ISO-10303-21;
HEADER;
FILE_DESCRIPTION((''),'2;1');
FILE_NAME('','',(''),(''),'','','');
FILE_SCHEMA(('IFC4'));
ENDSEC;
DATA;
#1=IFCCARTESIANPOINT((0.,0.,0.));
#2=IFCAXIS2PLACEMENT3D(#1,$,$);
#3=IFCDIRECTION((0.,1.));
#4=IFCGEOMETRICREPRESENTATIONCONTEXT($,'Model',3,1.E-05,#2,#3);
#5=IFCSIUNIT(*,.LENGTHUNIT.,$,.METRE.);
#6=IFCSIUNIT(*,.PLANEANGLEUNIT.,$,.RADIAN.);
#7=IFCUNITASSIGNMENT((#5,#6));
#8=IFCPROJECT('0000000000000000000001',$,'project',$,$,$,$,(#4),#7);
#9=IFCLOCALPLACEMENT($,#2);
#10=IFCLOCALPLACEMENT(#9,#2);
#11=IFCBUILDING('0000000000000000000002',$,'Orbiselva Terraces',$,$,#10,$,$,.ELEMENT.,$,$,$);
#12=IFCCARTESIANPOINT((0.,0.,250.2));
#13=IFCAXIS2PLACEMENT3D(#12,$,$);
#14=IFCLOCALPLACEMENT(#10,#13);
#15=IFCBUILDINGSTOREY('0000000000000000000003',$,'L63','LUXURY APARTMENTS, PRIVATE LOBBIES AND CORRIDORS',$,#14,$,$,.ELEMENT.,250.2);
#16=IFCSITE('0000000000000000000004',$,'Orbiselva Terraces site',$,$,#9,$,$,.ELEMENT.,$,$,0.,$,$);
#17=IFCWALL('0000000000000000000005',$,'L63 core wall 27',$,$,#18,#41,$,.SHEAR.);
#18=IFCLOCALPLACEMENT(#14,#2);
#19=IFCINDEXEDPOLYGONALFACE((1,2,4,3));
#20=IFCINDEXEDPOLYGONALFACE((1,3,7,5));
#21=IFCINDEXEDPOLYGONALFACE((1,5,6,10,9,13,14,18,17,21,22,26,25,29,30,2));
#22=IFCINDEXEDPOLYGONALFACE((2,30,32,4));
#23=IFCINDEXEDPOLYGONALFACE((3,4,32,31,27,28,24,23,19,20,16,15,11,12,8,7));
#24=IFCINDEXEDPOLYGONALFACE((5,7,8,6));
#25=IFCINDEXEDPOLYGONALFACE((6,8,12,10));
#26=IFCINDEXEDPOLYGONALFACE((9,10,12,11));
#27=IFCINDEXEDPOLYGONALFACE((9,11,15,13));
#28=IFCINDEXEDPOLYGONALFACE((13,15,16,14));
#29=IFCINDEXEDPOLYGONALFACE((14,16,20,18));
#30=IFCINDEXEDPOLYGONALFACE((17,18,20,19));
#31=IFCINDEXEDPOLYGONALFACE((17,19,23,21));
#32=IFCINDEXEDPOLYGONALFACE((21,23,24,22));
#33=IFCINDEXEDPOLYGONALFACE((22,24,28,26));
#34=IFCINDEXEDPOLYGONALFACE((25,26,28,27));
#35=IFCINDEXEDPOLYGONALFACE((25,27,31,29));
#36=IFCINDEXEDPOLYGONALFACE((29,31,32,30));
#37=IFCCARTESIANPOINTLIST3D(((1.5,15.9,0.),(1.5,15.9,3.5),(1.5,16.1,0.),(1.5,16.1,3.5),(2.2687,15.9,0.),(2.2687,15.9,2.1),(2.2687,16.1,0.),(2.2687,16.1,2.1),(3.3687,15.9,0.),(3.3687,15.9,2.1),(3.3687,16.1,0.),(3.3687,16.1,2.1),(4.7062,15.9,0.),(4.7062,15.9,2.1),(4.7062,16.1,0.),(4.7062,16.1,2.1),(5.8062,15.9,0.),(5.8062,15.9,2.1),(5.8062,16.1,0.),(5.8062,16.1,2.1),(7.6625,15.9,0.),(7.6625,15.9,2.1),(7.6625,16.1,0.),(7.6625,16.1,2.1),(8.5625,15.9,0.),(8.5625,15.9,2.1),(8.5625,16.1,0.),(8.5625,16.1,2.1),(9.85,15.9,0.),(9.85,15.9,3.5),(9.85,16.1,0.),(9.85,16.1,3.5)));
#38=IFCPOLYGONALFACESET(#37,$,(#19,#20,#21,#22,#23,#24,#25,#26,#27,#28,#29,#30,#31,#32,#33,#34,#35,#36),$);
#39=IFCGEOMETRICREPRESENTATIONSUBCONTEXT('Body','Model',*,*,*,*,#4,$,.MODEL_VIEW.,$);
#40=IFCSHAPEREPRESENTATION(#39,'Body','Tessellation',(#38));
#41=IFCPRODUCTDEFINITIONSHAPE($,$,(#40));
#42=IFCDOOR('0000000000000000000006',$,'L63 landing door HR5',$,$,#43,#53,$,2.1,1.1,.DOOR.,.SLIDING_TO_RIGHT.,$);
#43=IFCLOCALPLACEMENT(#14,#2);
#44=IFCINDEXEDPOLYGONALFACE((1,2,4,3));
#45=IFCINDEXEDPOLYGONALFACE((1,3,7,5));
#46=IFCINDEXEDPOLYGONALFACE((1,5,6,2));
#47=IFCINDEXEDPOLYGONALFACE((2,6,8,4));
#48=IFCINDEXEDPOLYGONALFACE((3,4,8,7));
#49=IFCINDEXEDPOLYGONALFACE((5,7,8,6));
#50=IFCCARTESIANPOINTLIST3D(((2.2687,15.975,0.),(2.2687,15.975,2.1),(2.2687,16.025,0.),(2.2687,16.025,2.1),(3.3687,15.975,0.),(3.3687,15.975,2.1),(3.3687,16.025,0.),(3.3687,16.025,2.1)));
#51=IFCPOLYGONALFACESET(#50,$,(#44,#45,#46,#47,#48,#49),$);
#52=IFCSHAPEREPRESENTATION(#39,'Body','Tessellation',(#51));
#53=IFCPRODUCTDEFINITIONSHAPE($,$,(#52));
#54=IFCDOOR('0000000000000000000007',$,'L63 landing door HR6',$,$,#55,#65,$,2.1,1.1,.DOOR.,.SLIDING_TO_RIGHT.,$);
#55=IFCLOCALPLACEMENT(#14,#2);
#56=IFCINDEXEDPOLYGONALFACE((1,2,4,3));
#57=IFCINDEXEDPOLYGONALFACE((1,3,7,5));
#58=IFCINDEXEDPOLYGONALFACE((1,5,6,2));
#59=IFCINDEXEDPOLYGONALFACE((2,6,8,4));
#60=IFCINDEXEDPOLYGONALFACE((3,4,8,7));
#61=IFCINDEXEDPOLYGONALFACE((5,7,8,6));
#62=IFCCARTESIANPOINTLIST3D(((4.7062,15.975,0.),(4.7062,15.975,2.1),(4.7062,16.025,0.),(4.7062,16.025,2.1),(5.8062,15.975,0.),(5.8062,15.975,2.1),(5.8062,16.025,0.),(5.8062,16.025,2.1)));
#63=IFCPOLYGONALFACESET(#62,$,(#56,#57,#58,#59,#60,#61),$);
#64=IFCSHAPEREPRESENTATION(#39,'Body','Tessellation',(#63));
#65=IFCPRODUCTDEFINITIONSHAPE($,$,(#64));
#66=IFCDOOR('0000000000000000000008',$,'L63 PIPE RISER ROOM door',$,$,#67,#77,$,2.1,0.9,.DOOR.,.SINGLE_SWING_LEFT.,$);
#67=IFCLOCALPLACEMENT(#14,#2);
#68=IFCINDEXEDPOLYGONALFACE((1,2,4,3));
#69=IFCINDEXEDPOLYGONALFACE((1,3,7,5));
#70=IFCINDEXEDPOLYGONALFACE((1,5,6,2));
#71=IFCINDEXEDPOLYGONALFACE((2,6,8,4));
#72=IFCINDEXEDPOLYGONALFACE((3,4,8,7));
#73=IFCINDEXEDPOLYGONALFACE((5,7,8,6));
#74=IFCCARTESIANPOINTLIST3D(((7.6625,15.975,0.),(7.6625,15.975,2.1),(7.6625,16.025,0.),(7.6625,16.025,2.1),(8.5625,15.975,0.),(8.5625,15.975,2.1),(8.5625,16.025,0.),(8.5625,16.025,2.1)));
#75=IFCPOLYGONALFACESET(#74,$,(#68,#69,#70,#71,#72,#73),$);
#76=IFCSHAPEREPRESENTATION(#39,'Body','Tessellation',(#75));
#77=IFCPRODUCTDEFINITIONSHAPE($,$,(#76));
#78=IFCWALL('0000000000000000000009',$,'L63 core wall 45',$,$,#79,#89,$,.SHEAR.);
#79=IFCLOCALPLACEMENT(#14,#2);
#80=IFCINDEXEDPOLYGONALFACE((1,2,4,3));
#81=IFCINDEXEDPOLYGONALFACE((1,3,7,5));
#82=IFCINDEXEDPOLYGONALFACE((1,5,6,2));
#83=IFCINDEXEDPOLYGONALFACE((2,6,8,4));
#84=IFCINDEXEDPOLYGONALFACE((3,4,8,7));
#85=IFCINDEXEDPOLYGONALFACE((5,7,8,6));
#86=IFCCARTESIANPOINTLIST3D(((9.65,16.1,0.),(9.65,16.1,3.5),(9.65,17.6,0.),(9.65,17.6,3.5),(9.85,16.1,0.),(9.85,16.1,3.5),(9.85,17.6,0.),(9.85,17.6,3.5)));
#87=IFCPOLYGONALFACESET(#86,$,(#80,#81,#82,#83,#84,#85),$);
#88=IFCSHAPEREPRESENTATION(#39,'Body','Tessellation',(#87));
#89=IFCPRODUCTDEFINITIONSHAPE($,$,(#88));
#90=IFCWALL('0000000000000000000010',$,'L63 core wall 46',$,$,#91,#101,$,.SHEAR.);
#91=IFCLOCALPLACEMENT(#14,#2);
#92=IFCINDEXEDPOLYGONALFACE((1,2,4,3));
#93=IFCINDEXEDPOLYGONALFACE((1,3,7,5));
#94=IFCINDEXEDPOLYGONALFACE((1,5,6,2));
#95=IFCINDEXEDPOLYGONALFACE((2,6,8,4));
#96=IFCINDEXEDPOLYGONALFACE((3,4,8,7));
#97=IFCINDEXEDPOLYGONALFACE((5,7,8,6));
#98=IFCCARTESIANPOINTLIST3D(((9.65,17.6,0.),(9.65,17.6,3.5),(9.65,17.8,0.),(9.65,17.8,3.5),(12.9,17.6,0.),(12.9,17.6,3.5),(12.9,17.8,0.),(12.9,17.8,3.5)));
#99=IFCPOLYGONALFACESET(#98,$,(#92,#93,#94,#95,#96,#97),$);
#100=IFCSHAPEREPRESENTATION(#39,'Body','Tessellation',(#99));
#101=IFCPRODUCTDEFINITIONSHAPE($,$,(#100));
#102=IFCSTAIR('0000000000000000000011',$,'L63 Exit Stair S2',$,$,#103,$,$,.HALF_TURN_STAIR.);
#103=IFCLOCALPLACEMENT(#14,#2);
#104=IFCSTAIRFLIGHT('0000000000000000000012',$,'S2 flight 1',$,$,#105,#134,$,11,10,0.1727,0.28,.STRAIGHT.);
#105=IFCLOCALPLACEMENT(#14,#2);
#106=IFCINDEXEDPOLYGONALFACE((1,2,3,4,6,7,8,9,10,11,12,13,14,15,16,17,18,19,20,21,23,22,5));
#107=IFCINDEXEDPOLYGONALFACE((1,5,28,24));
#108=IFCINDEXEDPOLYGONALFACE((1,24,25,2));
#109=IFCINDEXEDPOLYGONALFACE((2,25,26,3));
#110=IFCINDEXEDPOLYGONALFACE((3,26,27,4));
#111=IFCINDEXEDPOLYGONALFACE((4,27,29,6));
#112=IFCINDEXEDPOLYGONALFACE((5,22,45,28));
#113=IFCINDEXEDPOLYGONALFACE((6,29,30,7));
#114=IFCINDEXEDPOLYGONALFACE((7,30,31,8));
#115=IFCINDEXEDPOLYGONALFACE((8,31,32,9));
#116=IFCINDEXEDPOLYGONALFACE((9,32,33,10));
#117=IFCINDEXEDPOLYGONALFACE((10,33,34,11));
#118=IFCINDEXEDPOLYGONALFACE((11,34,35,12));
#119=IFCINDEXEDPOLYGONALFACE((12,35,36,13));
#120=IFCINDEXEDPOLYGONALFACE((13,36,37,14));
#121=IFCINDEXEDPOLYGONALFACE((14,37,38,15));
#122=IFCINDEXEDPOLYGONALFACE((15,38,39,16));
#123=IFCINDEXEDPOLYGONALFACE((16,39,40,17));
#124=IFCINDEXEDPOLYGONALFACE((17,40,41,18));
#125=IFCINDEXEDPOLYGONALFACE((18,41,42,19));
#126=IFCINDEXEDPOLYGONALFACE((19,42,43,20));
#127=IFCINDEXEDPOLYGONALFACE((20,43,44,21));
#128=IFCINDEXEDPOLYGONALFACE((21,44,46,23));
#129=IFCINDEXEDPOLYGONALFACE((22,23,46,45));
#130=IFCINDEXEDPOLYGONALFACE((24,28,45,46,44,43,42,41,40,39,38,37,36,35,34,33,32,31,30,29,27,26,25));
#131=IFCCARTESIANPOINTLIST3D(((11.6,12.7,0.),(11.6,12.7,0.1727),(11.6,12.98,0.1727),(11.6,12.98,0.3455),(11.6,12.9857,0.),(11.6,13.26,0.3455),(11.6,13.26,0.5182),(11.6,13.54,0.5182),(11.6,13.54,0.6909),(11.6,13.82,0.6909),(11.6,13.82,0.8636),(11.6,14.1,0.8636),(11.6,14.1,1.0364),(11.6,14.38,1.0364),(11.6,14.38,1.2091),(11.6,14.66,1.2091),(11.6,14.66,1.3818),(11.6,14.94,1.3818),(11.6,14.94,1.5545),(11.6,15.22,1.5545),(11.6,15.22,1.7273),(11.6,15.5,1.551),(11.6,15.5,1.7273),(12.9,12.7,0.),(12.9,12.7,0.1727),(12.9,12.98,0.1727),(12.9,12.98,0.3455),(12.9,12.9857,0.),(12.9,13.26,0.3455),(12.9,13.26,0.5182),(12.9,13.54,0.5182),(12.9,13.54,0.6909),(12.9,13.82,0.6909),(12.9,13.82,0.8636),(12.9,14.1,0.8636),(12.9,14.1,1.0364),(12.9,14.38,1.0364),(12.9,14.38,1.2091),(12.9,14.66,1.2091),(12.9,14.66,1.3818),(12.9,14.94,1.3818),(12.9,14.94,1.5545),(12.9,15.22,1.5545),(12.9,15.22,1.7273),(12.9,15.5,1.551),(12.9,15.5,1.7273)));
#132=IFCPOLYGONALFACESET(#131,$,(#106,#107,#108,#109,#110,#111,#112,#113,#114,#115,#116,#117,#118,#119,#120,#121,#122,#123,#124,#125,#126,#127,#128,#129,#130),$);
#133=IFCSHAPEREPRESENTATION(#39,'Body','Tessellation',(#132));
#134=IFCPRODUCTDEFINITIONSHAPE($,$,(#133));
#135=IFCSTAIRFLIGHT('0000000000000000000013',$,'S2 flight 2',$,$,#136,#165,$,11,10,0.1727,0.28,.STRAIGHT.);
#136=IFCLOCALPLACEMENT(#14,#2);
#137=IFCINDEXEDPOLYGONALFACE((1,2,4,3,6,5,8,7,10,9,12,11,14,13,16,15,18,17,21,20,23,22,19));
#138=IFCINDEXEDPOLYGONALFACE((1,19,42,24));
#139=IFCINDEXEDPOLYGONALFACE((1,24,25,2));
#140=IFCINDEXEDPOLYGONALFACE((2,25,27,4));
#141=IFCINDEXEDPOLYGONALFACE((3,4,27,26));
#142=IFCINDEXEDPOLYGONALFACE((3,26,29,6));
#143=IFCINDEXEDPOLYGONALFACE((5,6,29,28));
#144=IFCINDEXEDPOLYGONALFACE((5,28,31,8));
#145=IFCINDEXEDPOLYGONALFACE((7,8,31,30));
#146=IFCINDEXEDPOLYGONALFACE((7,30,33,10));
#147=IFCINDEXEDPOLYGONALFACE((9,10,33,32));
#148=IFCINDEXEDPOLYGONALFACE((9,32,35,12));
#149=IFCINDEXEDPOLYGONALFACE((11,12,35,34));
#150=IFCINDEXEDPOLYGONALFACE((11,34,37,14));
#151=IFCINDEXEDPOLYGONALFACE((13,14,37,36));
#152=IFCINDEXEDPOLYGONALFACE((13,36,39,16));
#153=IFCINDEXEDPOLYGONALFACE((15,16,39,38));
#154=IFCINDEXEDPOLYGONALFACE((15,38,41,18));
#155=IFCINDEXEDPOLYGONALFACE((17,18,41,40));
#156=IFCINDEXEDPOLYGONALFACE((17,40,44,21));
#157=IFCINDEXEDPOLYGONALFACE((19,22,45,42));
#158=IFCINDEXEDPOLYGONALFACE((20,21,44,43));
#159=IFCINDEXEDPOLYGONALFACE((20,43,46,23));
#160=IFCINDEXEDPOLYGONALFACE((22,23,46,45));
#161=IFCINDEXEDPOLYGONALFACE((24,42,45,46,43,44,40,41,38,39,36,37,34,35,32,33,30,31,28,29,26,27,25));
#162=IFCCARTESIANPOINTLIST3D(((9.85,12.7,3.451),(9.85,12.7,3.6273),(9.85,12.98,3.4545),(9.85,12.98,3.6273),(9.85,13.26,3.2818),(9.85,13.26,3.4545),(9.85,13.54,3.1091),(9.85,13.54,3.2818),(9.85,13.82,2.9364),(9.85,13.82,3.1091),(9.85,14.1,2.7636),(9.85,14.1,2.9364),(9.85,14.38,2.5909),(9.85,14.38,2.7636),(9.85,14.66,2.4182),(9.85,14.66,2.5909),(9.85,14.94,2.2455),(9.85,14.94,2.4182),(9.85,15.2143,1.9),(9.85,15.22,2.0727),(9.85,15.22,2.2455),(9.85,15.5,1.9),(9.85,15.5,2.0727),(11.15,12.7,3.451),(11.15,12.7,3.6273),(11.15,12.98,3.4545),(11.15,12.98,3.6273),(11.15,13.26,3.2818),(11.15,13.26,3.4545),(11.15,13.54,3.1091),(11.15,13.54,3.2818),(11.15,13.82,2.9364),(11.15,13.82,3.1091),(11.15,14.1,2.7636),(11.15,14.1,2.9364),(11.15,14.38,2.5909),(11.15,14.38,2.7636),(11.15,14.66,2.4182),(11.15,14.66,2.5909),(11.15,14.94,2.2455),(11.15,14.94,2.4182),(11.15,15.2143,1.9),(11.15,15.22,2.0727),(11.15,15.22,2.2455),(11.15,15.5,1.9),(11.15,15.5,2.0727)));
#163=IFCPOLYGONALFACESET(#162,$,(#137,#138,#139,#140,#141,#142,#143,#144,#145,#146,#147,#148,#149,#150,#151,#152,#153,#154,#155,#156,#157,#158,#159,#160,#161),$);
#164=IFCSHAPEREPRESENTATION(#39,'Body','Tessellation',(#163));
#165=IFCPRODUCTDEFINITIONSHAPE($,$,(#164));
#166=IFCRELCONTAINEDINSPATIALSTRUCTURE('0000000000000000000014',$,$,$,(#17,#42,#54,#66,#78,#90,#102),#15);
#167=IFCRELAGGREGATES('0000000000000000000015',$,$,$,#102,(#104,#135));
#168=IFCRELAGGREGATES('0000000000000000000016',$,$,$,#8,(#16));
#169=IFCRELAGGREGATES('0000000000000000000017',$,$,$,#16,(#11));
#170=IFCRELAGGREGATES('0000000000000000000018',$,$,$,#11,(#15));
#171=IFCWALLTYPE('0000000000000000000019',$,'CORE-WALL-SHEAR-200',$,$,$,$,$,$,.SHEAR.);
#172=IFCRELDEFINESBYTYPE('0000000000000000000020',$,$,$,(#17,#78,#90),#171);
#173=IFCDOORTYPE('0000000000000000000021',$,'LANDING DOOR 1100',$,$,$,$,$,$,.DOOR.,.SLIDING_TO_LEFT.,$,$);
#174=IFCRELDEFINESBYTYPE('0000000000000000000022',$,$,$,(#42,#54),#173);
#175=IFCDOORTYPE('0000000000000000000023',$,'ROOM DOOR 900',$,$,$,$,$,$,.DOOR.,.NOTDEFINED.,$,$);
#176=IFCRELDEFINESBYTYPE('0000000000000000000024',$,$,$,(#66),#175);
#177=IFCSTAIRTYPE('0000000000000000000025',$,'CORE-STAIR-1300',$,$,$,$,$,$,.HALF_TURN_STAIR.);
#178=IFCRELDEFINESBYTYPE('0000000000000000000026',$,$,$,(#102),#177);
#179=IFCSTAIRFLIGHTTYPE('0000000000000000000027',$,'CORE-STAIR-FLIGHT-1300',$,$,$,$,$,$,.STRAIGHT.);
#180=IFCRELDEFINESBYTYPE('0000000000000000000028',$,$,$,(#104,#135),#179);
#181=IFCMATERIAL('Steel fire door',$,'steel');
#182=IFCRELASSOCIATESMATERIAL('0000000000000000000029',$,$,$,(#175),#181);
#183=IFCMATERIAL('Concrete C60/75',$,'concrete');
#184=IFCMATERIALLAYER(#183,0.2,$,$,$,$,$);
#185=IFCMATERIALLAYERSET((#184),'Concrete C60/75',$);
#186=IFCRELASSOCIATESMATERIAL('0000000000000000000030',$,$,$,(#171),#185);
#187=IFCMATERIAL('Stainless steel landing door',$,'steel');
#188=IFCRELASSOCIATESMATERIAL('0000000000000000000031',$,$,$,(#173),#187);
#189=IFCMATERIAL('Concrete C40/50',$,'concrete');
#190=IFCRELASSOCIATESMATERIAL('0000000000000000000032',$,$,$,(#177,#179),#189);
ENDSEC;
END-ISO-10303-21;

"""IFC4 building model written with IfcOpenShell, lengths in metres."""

from ifc_helpers import new_model, si_unit, direction, frame, frame_2d, origin, place, context, subcontext, project, spatial, polyline, rectangle, outline, extrude, material, layer, layer_set, type_object, element, fill, aggregate, save


model = new_model("IFC4")

# Units and contexts
model_context = context("Model", 3, precision=1e-05, world=origin(), true_north=direction((0.0, 1.0)))
body_context = subcontext(model_context, "Body", "Model", "MODEL_VIEW")
ifc_project = project(units=[si_unit("LENGTHUNIT", "METRE"), si_unit("PLANEANGLEUNIT", "RADIAN")], contexts=[model_context])

# Site, building, storey
site_placement = place(None, origin())
site = spatial("IfcSite", under=ifc_project, at=site_placement, Name="Orbiselva Terraces site", CompositionType="ELEMENT", RefElevation=0.0)
building_placement = place(site_placement, origin())
building = spatial("IfcBuilding", under=site, at=building_placement, Name="Orbiselva Terraces", CompositionType="ELEMENT")
storey_placement = place(building_placement, frame((0.0, 0.0, 250.2)))
storey = spatial("IfcBuildingStorey", under=building, at=storey_placement, Name="L63", Description="LUXURY APARTMENTS, PRIVATE LOBBIES AND CORRIDORS", CompositionType="ELEMENT", Elevation=250.2)

# Shared definitions
ifc_material_1 = material(Name="Steel fire door", Category="steel")
door_type_1 = type_object("IfcDoorType", Name="ROOM DOOR 900", OperationType="NOTDEFINED", PredefinedType="DOOR", material=ifc_material_1)

# Shared definitions
ifc_material_2 = material(Name="Concrete C40/50", Category="concrete")

# Shared definitions
ifc_material_3 = material(Name="Concrete C60/75", Category="concrete")
ifc_layer_1 = layer(ifc_material_3, 0.2)
ifc_layer_set_1 = layer_set([ifc_layer_1], Name="Concrete C60/75")
wall_type_1 = type_object("IfcWallType", Name="CORE-WALL-SHEAR-200", PredefinedType="SHEAR", material=ifc_layer_set_1)

# Wall, openings, doors
wall_1_placement = place(storey_placement, frame((9.85, 16.0, 0.0), z_axis=(0.0, 0.0, 1.0), x_axis=(-1.0, 0.0, 0.0)))
wall_1 = element("IfcWall", 1, at=wall_1_placement, inside=storey, type_object=wall_type_1, Name="L63 core wall 27", PredefinedType="SHEAR", context=body_context, shape_type="SweptSolid", body=[
    extrude(rectangle(XDim=8.35, YDim=0.2, at=frame_2d((4.175, 0.0))), origin(), (0.0, 0.0, 1.0), 3.5),
])
opening_1_placement = place(wall_1_placement, frame((6.4813, 0.0, 0.0)))
opening_1 = element("IfcOpeningElement", 2, at=opening_1_placement, cuts=wall_1, PredefinedType="OPENING", context=body_context, shape_type="SweptSolid", body=[
    extrude(rectangle(XDim=1.1, YDim=2.1, at=frame_2d((0.55, 1.05))), frame((0.0, 0.11, 0.0), z_axis=(0.0, -1.0, 0.0), x_axis=(1.0, 0.0, 0.0)), (0.0, 0.0, 1.0), 0.22),
])
opening_2_placement = place(wall_1_placement, frame((4.0438, 0.0, 0.0)))
opening_2 = element("IfcOpeningElement", 3, at=opening_2_placement, cuts=wall_1, PredefinedType="OPENING", context=body_context, shape_type="SweptSolid", body=[
    extrude(rectangle(XDim=1.1, YDim=2.1, at=frame_2d((0.55, 1.05))), frame((0.0, 0.11, 0.0), z_axis=(0.0, -1.0, 0.0), x_axis=(1.0, 0.0, 0.0)), (0.0, 0.0, 1.0), 0.22),
])
opening_3_placement = place(wall_1_placement, frame((1.2875, 0.0, 0.0)))
opening_3 = element("IfcOpeningElement", 4, at=opening_3_placement, cuts=wall_1, PredefinedType="OPENING", context=body_context, shape_type="SweptSolid", body=[
    extrude(rectangle(XDim=0.9, YDim=2.1, at=frame_2d((0.45, 1.05))), frame((0.0, 0.11, 0.0), z_axis=(0.0, -1.0, 0.0), x_axis=(1.0, 0.0, 0.0)), (0.0, 0.0, 1.0), 0.22),
])
ifc_material_4 = material(Name="Stainless steel landing door", Category="steel")
door_type_2 = type_object("IfcDoorType", Name="LANDING DOOR 1100", OperationType="SLIDING_TO_LEFT", PredefinedType="DOOR", material=ifc_material_4)
door_1_placement = place(opening_1_placement, origin())
door_1 = element("IfcDoor", 5, at=door_1_placement, inside=storey, type_object=door_type_2, Name="L63 landing door HR5", OperationType="SLIDING_TO_RIGHT", OverallHeight=2.1, OverallWidth=1.1, PredefinedType="DOOR", context=body_context, shape_type="SweptSolid", body=[
    extrude(rectangle(XDim=1.1, YDim=2.1, at=frame_2d((0.55, 1.05))), frame((0.0, 0.025, 0.0), z_axis=(0.0, -1.0, 0.0), x_axis=(1.0, 0.0, 0.0)), (0.0, 0.0, 1.0), 0.05),
])
fill(opening_1, door_1)
door_2_placement = place(opening_2_placement, origin())
door_2 = element("IfcDoor", 6, at=door_2_placement, inside=storey, type_object=door_type_2, Name="L63 landing door HR6", OperationType="SLIDING_TO_RIGHT", OverallHeight=2.1, OverallWidth=1.1, PredefinedType="DOOR", context=body_context, shape_type="SweptSolid", body=[
    extrude(rectangle(XDim=1.1, YDim=2.1, at=frame_2d((0.55, 1.05))), frame((0.0, 0.025, 0.0), z_axis=(0.0, -1.0, 0.0), x_axis=(1.0, 0.0, 0.0)), (0.0, 0.0, 1.0), 0.05),
])
fill(opening_2, door_2)
door_3_placement = place(opening_3_placement, origin())
door_3 = element("IfcDoor", 7, at=door_3_placement, inside=storey, type_object=door_type_1, Name="L63 PIPE RISER ROOM door", OperationType="SINGLE_SWING_LEFT", OverallHeight=2.1, OverallWidth=0.9, PredefinedType="DOOR", context=body_context, shape_type="SweptSolid", body=[
    extrude(rectangle(XDim=0.9, YDim=2.1, at=frame_2d((0.45, 1.05))), frame((0.0, 0.025, 0.0), z_axis=(0.0, -1.0, 0.0), x_axis=(1.0, 0.0, 0.0)), (0.0, 0.0, 1.0), 0.05),
])
fill(opening_3, door_3)

# Walls
wall_2_placement = place(storey_placement, frame((9.75, 16.1, 0.0), z_axis=(0.0, 0.0, 1.0), x_axis=(0.0, 1.0, 0.0)))
element("IfcWall", 8, at=wall_2_placement, inside=storey, type_object=wall_type_1, Name="L63 core wall 45", PredefinedType="SHEAR", context=body_context, shape_type="SweptSolid", body=[
    extrude(rectangle(XDim=1.5, YDim=0.2, at=frame_2d((0.75, 0.0))), origin(), (0.0, 0.0, 1.0), 3.5),
])
wall_3_placement = place(storey_placement, frame((9.65, 17.7, 0.0), z_axis=(0.0, 0.0, 1.0), x_axis=(1.0, 0.0, 0.0)))
element("IfcWall", 9, at=wall_3_placement, inside=storey, type_object=wall_type_1, Name="L63 core wall 46", PredefinedType="SHEAR", context=body_context, shape_type="SweptSolid", body=[
    extrude(rectangle(XDim=3.25, YDim=0.2, at=frame_2d((1.625, 0.0))), origin(), (0.0, 0.0, 1.0), 3.5),
])

# Stair, stair flights
stair_type = type_object("IfcStairType", Name="CORE-STAIR-1300", PredefinedType="HALF_TURN_STAIR", material=ifc_material_2)
stair_placement = place(storey_placement, origin())
stair = element("IfcStair", 10, at=stair_placement, inside=storey, type_object=stair_type, Name="L63 Exit Stair S2", PredefinedType="HALF_TURN_STAIR")
stair_flight_type = type_object("IfcStairFlightType", Name="CORE-STAIR-FLIGHT-1300", PredefinedType="STRAIGHT", material=ifc_material_2)
stair_flight_1_placement = place(storey_placement, frame((12.25, 12.7, 0.0), z_axis=(0.0, 0.0, 1.0), x_axis=(0.0, 1.0, 0.0)))
stair_flight_1 = element("IfcStairFlight", 11, at=stair_flight_1_placement, type_object=stair_flight_type, Name="S2 flight 1", NumberOfRisers=11, NumberOfTreads=10, PredefinedType="STRAIGHT", RiserHeight=0.1727, TreadLength=0.28, context=body_context, shape_type="SweptSolid", body=[
    extrude(outline(polyline([(0.0, 0.0), (0.0, 0.1727), (0.28, 0.1727), (0.28, 0.3455), (0.56, 0.3455), (0.56, 0.5182), (0.84, 0.5182), (0.84, 0.6909), (1.12, 0.6909), (1.12, 0.8636), (1.4, 0.8636), (1.4, 1.0364), (1.68, 1.0364), (1.68, 1.2091), (1.96, 1.2091), (1.96, 1.3818), (2.24, 1.3818), (2.24, 1.5545), (2.52, 1.5545), (2.52, 1.7273), (2.8, 1.7273), (2.8, 1.9), (2.8, 1.551), (0.2857, 0.0), (0.0, 0.0)])), frame((0.0, 0.65, 0.0), z_axis=(0.0, -1.0, 0.0), x_axis=(1.0, 0.0, 0.0)), (0.0, 0.0, 1.0), 1.3),
])
stair_flight_2_placement = place(storey_placement, frame((10.5, 15.5, 1.9), z_axis=(0.0, 0.0, 1.0), x_axis=(0.0, -1.0, 0.0)))
stair_flight_2 = element("IfcStairFlight", 12, at=stair_flight_2_placement, type_object=stair_flight_type, Name="S2 flight 2", NumberOfRisers=11, NumberOfTreads=10, PredefinedType="STRAIGHT", RiserHeight=0.1727, TreadLength=0.28, context=body_context, shape_type="SweptSolid", body=[
    extrude(outline(polyline([(0.0, 0.0), (0.0, 0.1727), (0.28, 0.1727), (0.28, 0.3455), (0.56, 0.3455), (0.56, 0.5182), (0.84, 0.5182), (0.84, 0.6909), (1.12, 0.6909), (1.12, 0.8636), (1.4, 0.8636), (1.4, 1.0364), (1.68, 1.0364), (1.68, 1.2091), (1.96, 1.2091), (1.96, 1.3818), (2.24, 1.3818), (2.24, 1.5545), (2.52, 1.5545), (2.52, 1.7273), (2.8, 1.7273), (2.8, 1.9), (2.8, 1.551), (0.2857, 0.0), (0.0, 0.0)])), frame((0.0, 0.65, 0.0), z_axis=(0.0, -1.0, 0.0), x_axis=(1.0, 0.0, 0.0)), (0.0, 0.0, 1.0), 1.3),
])
aggregate(stair, [stair_flight_1, stair_flight_2])

save(model, "model.ifc")
